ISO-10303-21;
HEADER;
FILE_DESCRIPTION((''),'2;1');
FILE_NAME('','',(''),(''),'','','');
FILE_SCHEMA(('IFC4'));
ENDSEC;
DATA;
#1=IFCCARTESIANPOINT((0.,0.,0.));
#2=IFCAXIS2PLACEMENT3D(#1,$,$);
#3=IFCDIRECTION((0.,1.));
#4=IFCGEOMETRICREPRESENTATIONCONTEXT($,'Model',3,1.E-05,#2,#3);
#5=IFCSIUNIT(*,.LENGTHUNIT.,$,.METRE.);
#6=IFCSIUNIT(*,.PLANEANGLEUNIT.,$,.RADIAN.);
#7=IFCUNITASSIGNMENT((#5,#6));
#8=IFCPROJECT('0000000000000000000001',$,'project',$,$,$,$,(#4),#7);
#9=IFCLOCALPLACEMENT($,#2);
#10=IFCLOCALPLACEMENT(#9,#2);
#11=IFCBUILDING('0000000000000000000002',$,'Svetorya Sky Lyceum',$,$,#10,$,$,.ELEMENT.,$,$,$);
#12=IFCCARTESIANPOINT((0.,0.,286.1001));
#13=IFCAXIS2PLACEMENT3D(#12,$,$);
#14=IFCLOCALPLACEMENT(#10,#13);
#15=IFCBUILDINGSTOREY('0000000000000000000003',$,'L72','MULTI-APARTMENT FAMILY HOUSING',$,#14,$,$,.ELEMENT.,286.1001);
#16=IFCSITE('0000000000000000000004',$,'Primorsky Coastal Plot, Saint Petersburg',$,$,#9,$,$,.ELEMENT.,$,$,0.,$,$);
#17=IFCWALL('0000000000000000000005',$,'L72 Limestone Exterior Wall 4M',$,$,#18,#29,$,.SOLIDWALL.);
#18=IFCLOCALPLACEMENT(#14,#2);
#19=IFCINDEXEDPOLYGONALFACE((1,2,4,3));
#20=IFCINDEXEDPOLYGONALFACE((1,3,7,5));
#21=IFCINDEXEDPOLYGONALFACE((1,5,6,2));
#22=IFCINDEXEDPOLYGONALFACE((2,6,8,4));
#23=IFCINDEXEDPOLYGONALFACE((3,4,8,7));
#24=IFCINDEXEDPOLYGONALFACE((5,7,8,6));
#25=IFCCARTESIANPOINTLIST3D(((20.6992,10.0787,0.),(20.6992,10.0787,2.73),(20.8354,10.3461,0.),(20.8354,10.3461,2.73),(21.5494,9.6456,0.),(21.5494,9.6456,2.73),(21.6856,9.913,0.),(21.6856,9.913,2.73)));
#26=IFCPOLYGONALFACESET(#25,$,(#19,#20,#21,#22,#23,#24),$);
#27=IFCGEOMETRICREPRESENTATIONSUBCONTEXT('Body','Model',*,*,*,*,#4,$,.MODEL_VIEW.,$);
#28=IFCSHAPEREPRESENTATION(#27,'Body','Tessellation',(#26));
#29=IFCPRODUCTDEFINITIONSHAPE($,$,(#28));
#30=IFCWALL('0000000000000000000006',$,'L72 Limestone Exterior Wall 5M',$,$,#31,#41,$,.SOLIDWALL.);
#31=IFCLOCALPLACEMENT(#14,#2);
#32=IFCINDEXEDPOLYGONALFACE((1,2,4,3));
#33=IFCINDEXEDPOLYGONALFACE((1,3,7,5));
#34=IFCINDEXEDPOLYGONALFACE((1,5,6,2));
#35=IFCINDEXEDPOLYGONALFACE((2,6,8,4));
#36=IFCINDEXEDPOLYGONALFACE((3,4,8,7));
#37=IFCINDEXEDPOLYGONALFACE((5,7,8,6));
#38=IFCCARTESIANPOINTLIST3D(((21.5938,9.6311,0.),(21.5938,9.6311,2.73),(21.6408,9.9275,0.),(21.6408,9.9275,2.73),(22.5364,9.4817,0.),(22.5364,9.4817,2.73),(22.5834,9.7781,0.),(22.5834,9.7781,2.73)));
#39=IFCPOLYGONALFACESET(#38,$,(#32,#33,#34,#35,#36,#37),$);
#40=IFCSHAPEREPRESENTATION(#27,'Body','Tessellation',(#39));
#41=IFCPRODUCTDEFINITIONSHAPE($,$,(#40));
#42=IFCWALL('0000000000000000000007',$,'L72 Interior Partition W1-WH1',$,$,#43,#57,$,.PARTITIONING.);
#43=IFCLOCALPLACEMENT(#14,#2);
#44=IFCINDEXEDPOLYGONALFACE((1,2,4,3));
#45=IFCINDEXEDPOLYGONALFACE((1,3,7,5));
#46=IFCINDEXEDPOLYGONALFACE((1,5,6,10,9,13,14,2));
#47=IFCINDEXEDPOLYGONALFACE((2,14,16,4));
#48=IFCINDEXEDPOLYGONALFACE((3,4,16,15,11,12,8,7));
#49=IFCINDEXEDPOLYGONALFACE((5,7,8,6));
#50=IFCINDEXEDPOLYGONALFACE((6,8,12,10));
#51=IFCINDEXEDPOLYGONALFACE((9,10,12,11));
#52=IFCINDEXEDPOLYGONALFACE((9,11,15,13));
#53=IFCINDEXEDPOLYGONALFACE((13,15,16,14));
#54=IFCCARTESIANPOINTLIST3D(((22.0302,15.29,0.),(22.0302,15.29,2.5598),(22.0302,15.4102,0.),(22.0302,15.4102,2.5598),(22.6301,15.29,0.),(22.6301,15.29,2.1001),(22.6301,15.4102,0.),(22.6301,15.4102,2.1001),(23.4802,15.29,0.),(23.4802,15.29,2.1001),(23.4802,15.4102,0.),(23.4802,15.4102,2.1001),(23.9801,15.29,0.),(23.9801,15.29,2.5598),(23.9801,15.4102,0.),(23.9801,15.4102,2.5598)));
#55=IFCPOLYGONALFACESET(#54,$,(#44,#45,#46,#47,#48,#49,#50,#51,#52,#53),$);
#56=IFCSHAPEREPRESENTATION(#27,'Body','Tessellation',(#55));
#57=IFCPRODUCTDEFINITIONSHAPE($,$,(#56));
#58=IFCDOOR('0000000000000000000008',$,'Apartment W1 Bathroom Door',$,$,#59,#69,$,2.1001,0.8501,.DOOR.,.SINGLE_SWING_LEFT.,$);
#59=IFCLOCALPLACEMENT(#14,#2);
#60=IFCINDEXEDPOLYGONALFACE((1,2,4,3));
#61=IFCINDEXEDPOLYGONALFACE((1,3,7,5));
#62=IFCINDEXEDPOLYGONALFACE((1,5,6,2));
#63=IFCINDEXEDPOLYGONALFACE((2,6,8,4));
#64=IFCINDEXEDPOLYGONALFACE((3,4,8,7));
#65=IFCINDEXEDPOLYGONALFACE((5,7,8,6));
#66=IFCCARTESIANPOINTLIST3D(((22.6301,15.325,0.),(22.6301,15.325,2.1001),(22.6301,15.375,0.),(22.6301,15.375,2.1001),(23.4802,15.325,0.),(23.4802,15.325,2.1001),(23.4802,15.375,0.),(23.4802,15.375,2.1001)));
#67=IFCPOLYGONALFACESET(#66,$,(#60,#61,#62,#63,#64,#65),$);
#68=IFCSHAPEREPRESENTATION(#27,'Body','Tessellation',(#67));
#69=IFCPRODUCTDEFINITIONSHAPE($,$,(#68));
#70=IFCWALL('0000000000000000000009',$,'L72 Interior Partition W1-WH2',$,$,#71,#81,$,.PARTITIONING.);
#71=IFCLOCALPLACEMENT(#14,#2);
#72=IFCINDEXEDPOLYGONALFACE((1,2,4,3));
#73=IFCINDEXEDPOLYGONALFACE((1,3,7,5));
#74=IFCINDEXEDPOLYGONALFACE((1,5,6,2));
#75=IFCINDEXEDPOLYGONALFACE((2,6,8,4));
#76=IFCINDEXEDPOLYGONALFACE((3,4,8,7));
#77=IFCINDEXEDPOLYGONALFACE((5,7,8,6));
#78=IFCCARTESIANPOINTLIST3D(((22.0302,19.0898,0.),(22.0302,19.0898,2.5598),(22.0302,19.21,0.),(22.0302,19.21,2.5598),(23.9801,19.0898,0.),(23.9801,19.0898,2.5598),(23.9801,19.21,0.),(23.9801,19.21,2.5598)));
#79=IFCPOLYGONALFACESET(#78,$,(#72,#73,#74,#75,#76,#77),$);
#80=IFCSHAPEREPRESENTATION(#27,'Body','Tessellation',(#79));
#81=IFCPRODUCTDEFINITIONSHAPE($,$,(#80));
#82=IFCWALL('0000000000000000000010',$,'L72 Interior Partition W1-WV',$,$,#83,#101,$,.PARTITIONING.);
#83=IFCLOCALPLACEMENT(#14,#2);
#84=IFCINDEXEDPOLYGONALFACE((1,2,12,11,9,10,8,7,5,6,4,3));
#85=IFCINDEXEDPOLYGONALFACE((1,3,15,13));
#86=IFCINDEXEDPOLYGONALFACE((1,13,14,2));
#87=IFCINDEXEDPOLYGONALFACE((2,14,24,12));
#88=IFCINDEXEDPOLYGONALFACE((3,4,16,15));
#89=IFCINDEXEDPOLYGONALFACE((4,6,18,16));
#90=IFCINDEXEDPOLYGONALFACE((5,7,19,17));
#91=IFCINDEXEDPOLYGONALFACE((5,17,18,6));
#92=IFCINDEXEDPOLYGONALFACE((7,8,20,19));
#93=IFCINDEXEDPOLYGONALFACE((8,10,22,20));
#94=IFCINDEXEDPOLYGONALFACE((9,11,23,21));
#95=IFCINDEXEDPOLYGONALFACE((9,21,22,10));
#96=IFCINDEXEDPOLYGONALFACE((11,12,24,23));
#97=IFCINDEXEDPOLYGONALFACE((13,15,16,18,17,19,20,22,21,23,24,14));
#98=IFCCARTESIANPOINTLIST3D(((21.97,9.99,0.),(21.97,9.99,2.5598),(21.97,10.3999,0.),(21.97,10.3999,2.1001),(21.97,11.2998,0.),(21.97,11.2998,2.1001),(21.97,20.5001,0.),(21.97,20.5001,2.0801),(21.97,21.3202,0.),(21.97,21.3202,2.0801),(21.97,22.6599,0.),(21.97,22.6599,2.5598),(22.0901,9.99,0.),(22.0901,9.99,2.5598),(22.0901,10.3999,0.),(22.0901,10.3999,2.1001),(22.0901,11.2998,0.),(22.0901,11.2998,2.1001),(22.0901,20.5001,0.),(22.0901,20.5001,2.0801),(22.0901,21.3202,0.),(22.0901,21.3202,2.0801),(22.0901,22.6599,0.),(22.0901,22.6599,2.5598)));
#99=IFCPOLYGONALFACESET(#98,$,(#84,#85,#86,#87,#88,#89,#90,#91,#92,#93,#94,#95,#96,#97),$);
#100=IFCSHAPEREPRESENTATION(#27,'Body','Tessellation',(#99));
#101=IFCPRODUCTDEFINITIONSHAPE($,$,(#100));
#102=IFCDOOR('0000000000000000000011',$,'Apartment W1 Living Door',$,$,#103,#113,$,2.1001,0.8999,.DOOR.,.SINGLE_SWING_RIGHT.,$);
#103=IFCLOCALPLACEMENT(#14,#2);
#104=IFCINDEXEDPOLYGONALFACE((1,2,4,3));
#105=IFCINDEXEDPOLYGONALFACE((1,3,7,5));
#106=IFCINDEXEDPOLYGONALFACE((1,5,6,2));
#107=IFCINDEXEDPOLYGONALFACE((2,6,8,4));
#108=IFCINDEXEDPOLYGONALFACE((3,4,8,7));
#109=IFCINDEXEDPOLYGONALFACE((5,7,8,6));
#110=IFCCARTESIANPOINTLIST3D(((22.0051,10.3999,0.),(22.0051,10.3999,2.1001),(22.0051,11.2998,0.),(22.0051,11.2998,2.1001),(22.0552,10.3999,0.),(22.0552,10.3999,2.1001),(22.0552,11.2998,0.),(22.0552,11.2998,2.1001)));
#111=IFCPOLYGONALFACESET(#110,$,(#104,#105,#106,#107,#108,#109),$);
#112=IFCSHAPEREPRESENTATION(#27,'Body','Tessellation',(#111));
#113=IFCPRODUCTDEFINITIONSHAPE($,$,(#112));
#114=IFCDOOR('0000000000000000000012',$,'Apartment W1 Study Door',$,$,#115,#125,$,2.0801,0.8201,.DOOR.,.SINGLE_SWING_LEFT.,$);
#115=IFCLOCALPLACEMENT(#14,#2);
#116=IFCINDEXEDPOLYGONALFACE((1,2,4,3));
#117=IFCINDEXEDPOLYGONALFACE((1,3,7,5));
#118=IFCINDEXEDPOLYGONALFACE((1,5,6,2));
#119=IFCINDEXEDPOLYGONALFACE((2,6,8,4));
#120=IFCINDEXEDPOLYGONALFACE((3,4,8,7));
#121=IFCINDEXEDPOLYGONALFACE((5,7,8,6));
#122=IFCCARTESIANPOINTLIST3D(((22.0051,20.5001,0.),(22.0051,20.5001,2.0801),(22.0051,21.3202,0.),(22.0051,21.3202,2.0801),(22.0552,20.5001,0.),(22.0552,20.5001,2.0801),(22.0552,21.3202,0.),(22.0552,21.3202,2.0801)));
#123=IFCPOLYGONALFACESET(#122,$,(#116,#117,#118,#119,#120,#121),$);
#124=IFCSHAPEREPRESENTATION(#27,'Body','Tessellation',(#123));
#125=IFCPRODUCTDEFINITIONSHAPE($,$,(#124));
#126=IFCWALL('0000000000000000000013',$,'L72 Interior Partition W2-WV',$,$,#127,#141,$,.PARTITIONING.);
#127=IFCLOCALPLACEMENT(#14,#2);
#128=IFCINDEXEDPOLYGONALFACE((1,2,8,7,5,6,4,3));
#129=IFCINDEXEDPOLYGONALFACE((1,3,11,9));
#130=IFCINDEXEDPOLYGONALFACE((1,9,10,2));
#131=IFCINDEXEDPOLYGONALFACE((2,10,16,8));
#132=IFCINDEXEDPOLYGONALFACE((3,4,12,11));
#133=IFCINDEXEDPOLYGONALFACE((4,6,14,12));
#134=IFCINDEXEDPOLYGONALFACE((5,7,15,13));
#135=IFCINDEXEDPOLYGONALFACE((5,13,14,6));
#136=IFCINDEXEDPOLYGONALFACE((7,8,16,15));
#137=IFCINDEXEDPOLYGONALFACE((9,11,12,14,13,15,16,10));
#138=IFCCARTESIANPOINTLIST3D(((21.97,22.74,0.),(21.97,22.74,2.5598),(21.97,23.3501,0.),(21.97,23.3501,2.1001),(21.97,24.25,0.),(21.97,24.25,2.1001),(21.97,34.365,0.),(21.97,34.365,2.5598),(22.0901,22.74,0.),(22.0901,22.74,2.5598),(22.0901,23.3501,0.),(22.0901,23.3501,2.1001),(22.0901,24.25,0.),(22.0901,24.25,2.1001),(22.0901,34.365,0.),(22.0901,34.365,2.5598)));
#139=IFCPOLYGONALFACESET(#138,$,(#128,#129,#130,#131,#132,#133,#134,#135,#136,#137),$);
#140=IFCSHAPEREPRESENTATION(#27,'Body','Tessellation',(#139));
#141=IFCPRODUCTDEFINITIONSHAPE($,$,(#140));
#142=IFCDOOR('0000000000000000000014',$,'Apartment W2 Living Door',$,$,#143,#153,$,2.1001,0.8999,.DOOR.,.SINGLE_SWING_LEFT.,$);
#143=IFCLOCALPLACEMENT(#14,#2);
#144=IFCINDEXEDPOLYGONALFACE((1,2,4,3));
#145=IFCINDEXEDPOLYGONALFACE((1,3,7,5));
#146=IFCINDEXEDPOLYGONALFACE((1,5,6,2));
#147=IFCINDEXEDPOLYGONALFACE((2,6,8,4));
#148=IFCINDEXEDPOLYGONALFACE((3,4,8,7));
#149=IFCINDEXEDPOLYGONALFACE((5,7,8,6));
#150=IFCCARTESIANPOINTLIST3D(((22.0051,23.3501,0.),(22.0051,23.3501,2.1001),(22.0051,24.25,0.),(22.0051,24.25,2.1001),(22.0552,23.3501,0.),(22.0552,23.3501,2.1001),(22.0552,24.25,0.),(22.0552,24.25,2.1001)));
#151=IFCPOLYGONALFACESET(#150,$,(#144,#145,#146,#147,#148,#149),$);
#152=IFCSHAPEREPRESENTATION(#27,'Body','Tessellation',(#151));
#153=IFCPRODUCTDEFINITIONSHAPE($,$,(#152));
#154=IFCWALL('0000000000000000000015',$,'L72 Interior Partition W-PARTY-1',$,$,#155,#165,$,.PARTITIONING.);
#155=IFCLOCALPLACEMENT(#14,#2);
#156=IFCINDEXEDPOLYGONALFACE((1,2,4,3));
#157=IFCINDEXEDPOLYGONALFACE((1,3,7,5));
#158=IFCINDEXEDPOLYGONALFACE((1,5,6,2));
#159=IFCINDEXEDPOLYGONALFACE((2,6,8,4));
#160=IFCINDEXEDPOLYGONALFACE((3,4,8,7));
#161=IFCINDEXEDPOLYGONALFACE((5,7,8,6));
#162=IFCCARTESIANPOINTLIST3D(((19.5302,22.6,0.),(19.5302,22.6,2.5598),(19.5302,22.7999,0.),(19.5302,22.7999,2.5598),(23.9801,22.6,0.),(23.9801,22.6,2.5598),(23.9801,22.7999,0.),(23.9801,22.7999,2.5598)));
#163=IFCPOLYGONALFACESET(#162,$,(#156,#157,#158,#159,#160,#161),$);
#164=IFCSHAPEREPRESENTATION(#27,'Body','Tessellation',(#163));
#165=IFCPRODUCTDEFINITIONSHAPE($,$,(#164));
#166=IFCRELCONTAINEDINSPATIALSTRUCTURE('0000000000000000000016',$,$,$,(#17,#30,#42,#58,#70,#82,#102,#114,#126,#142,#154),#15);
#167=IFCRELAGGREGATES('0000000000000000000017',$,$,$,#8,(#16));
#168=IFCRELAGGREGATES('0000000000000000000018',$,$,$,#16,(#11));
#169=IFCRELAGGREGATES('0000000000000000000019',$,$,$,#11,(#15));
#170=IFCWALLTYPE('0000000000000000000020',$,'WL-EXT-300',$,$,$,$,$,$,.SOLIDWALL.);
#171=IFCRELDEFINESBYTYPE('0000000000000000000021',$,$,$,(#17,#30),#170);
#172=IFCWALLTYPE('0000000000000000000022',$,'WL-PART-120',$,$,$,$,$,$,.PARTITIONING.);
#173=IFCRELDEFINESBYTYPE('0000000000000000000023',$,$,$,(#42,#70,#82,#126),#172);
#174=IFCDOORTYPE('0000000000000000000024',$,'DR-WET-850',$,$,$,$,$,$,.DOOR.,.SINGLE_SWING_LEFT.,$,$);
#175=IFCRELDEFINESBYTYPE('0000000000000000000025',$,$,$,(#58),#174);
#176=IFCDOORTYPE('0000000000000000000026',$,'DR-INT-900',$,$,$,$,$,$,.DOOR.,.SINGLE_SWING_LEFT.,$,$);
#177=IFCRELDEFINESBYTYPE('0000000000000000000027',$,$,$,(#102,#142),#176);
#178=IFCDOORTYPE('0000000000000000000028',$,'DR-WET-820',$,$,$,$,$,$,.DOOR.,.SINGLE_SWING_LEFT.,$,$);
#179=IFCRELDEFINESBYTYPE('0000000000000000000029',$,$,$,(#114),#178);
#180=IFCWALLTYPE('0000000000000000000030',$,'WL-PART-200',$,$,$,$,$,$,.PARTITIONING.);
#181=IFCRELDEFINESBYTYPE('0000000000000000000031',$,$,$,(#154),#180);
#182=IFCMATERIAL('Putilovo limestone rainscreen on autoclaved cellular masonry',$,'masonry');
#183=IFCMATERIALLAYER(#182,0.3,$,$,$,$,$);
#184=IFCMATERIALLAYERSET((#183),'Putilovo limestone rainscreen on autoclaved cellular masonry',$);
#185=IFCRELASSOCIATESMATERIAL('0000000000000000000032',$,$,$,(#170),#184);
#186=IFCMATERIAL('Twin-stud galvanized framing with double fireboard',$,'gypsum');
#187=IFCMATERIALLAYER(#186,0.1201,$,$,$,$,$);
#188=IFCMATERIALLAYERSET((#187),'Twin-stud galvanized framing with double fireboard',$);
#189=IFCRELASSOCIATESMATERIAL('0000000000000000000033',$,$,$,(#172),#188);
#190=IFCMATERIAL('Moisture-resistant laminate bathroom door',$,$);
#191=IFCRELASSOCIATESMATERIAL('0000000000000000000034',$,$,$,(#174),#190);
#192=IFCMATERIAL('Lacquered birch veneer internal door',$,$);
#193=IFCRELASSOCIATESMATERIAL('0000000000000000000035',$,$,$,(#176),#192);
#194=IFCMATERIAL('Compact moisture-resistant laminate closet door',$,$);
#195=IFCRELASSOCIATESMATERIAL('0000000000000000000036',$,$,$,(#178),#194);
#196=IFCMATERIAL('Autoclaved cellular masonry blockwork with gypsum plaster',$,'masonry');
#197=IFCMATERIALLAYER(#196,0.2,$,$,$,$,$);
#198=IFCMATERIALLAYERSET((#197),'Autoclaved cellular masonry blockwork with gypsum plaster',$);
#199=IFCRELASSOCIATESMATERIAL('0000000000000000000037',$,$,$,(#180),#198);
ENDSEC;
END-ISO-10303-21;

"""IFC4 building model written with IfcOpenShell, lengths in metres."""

from ifc_helpers import new_model, si_unit, direction, frame, frame_2d, origin, place, context, subcontext, project, spatial, rectangle, extrude, material, layer, layer_set, type_object, element, fill, save


model = new_model("IFC4")

# Units and contexts
model_context = context("Model", 3, precision=1e-05, world=origin(), true_north=direction((0.0, 1.0)))
body_context = subcontext(model_context, "Body", "Model", "MODEL_VIEW")
ifc_project = project(units=[si_unit("LENGTHUNIT", "METRE"), si_unit("PLANEANGLEUNIT", "RADIAN")], contexts=[model_context])

# Site, building, storey
site_placement = place(None, origin())
site = spatial("IfcSite", under=ifc_project, at=site_placement, Name="Primorsky Coastal Plot, Saint Petersburg", CompositionType="ELEMENT", RefElevation=0.0)
building_placement = place(site_placement, origin())
building = spatial("IfcBuilding", under=site, at=building_placement, Name="Svetorya Sky Lyceum", CompositionType="ELEMENT")
storey_placement = place(building_placement, frame((0.0, 0.0, 286.1001)))
storey = spatial("IfcBuildingStorey", under=building, at=storey_placement, Name="L72", Description="MULTI-APARTMENT FAMILY HOUSING", CompositionType="ELEMENT", Elevation=286.1001)

# Walls
ifc_material_1 = material(Name="Putilovo limestone rainscreen on autoclaved cellular masonry", Category="masonry")
ifc_layer_1 = layer(ifc_material_1, 0.3)
ifc_layer_set_1 = layer_set([ifc_layer_1], Name="Putilovo limestone rainscreen on autoclaved cellular masonry")
wall_type_1 = type_object("IfcWallType", Name="WL-EXT-300", PredefinedType="SOLIDWALL", material=ifc_layer_set_1)
wall_1_placement = place(storey_placement, frame((20.7673, 10.2124, 0.0), z_axis=(0.0, 0.0, 1.0), x_axis=(0.891024, -0.453956, 0.0)))
element("IfcWall", 1, at=wall_1_placement, inside=storey, type_object=wall_type_1, Name="L72 Limestone Exterior Wall 4M", PredefinedType="SOLIDWALL", context=body_context, shape_type="SweptSolid", body=[
    extrude(rectangle(XDim=0.9541, YDim=0.3, at=frame_2d((0.4771, 0.0))), origin(), (0.0, 0.0, 1.0), 2.73),
])
wall_2_placement = place(storey_placement, frame((21.6174, 9.7793, 0.0), z_axis=(0.0, 0.0, 1.0), x_axis=(0.987669, -0.156554, 0.0)))
element("IfcWall", 2, at=wall_2_placement, inside=storey, type_object=wall_type_1, Name="L72 Limestone Exterior Wall 5M", PredefinedType="SOLIDWALL", context=body_context, shape_type="SweptSolid", body=[
    extrude(rectangle(XDim=0.9543, YDim=0.3, at=frame_2d((0.4771, 0.0))), origin(), (0.0, 0.0, 1.0), 2.73),
])

# Wall, opening, door
ifc_material_2 = material(Name="Twin-stud galvanized framing with double fireboard", Category="gypsum")
ifc_layer_2 = layer(ifc_material_2, 0.1201)
ifc_layer_set_2 = layer_set([ifc_layer_2], Name="Twin-stud galvanized framing with double fireboard")
wall_type_2 = type_object("IfcWallType", Name="WL-PART-120", PredefinedType="PARTITIONING", material=ifc_layer_set_2)
wall_3_placement = place(storey_placement, frame((22.03, 15.3501, 0.0), z_axis=(0.0, 0.0, 1.0), x_axis=(1.0, 0.0, 0.0)))
wall_3 = element("IfcWall", 3, at=wall_3_placement, inside=storey, type_object=wall_type_2, Name="L72 Interior Partition W1-WH1", PredefinedType="PARTITIONING", context=body_context, shape_type="SweptSolid", body=[
    extrude(rectangle(XDim=1.95, YDim=0.1201, at=frame_2d((0.9751, 0.0))), origin(), (0.0, 0.0, 1.0), 2.5598),
])
opening_1_placement = place(wall_3_placement, frame((0.6001, 0.0, 0.0)))
opening_1 = element("IfcOpeningElement", 4, at=opening_1_placement, cuts=wall_3, PredefinedType="OPENING", context=body_context, shape_type="SweptSolid", body=[
    extrude(rectangle(XDim=0.8501, YDim=2.1001, at=frame_2d((0.425, 1.05))), frame((0.0, 0.0701, 0.0), z_axis=(0.0, -1.0, 0.0), x_axis=(1.0, 0.0, 0.0)), (0.0, 0.0, 1.0), 0.1401),
])
ifc_material_3 = material(Name="Moisture-resistant laminate bathroom door")
door_type_1 = type_object("IfcDoorType", Name="DR-WET-850", OperationType="SINGLE_SWING_LEFT", PredefinedType="DOOR", material=ifc_material_3)
door_1_placement = place(opening_1_placement, origin())
door_1 = element("IfcDoor", 5, at=door_1_placement, inside=storey, type_object=door_type_1, Name="Apartment W1 Bathroom Door", OperationType="SINGLE_SWING_LEFT", OverallHeight=2.1001, OverallWidth=0.8501, PredefinedType="DOOR", context=body_context, shape_type="SweptSolid", body=[
    extrude(rectangle(XDim=0.8501, YDim=2.1001, at=frame_2d((0.425, 1.05))), frame((0.0, 0.0249, 0.0), z_axis=(0.0, -1.0, 0.0), x_axis=(1.0, 0.0, 0.0)), (0.0, 0.0, 1.0), 0.05),
])
fill(opening_1, door_1)

# Wall
wall_4_placement = place(storey_placement, frame((22.03, 19.1499, 0.0), z_axis=(0.0, 0.0, 1.0), x_axis=(1.0, 0.0, 0.0)))
element("IfcWall", 6, at=wall_4_placement, inside=storey, type_object=wall_type_2, Name="L72 Interior Partition W1-WH2", PredefinedType="PARTITIONING", context=body_context, shape_type="SweptSolid", body=[
    extrude(rectangle(XDim=1.95, YDim=0.1201, at=frame_2d((0.9751, 0.0))), origin(), (0.0, 0.0, 1.0), 2.5598),
])

# Wall, openings, doors
wall_5_placement = place(storey_placement, frame((22.03, 9.99, 0.0), z_axis=(0.0, 0.0, 1.0), x_axis=(0.0, 1.0, 0.0)))
wall_5 = element("IfcWall", 7, at=wall_5_placement, inside=storey, type_object=wall_type_2, Name="L72 Interior Partition W1-WV", PredefinedType="PARTITIONING", context=body_context, shape_type="SweptSolid", body=[
    extrude(rectangle(XDim=12.6699, YDim=0.1201, at=frame_2d((6.335, 0.0))), origin(), (0.0, 0.0, 1.0), 2.5598),
])
opening_2_placement = place(wall_5_placement, frame((0.4099, 0.0, 0.0)))
opening_2 = element("IfcOpeningElement", 8, at=opening_2_placement, cuts=wall_5, PredefinedType="OPENING", context=body_context, shape_type="SweptSolid", body=[
    extrude(rectangle(XDim=0.8999, YDim=2.1001, at=frame_2d((0.45, 1.05))), frame((0.0, 0.0701, 0.0), z_axis=(0.0, -1.0, 0.0), x_axis=(1.0, 0.0, 0.0)), (0.0, 0.0, 1.0), 0.1401),
])
opening_3_placement = place(wall_5_placement, frame((10.51, 0.0, 0.0)))
opening_3 = element("IfcOpeningElement", 9, at=opening_3_placement, cuts=wall_5, PredefinedType="OPENING", context=body_context, shape_type="SweptSolid", body=[
    extrude(rectangle(XDim=0.8201, YDim=2.0801, at=frame_2d((0.4102, 1.04))), frame((0.0, 0.0701, 0.0), z_axis=(0.0, -1.0, 0.0), x_axis=(1.0, 0.0, 0.0)), (0.0, 0.0, 1.0), 0.1401),
])
ifc_material_4 = material(Name="Lacquered birch veneer internal door")
door_type_2 = type_object("IfcDoorType", Name="DR-INT-900", OperationType="SINGLE_SWING_LEFT", PredefinedType="DOOR", material=ifc_material_4)
door_2_placement = place(opening_2_placement, origin())
door_2 = element("IfcDoor", 10, at=door_2_placement, inside=storey, type_object=door_type_2, Name="Apartment W1 Living Door", OperationType="SINGLE_SWING_RIGHT", OverallHeight=2.1001, OverallWidth=0.8999, PredefinedType="DOOR", context=body_context, shape_type="SweptSolid", body=[
    extrude(rectangle(XDim=0.8999, YDim=2.1001, at=frame_2d((0.45, 1.05))), frame((0.0, 0.0249, 0.0), z_axis=(0.0, -1.0, 0.0), x_axis=(1.0, 0.0, 0.0)), (0.0, 0.0, 1.0), 0.05),
])
fill(opening_2, door_2)
ifc_material_5 = material(Name="Compact moisture-resistant laminate closet door")
door_type_3 = type_object("IfcDoorType", Name="DR-WET-820", OperationType="SINGLE_SWING_LEFT", PredefinedType="DOOR", material=ifc_material_5)
door_3_placement = place(opening_3_placement, origin())
door_3 = element("IfcDoor", 11, at=door_3_placement, inside=storey, type_object=door_type_3, Name="Apartment W1 Study Door", OperationType="SINGLE_SWING_LEFT", OverallHeight=2.0801, OverallWidth=0.8201, PredefinedType="DOOR", context=body_context, shape_type="SweptSolid", body=[
    extrude(rectangle(XDim=0.8201, YDim=2.0801, at=frame_2d((0.4102, 1.04))), frame((0.0, 0.0249, 0.0), z_axis=(0.0, -1.0, 0.0), x_axis=(1.0, 0.0, 0.0)), (0.0, 0.0, 1.0), 0.05),
])
fill(opening_3, door_3)

# Wall, opening, door
wall_6_placement = place(storey_placement, frame((22.03, 22.74, 0.0), z_axis=(0.0, 0.0, 1.0), x_axis=(0.0, 1.0, 0.0)))
wall_6 = element("IfcWall", 12, at=wall_6_placement, inside=storey, type_object=wall_type_2, Name="L72 Interior Partition W2-WV", PredefinedType="PARTITIONING", context=body_context, shape_type="SweptSolid", body=[
    extrude(rectangle(XDim=11.625, YDim=0.1201, at=frame_2d((5.8125, 0.0))), origin(), (0.0, 0.0, 1.0), 2.5598),
])
opening_4_placement = place(wall_6_placement, frame((0.6101, 0.0, 0.0)))
opening_4 = element("IfcOpeningElement", 13, at=opening_4_placement, cuts=wall_6, PredefinedType="OPENING", context=body_context, shape_type="SweptSolid", body=[
    extrude(rectangle(XDim=0.8999, YDim=2.1001, at=frame_2d((0.45, 1.05))), frame((0.0, 0.0701, 0.0), z_axis=(0.0, -1.0, 0.0), x_axis=(1.0, 0.0, 0.0)), (0.0, 0.0, 1.0), 0.1401),
])
door_4_placement = place(opening_4_placement, origin())
door_4 = element("IfcDoor", 14, at=door_4_placement, inside=storey, type_object=door_type_2, Name="Apartment W2 Living Door", OperationType="SINGLE_SWING_LEFT", OverallHeight=2.1001, OverallWidth=0.8999, PredefinedType="DOOR", context=body_context, shape_type="SweptSolid", body=[
    extrude(rectangle(XDim=0.8999, YDim=2.1001, at=frame_2d((0.45, 1.05))), frame((0.0, 0.0249, 0.0), z_axis=(0.0, -1.0, 0.0), x_axis=(1.0, 0.0, 0.0)), (0.0, 0.0, 1.0), 0.05),
])
fill(opening_4, door_4)

# Wall
ifc_material_6 = material(Name="Autoclaved cellular masonry blockwork with gypsum plaster", Category="masonry")
ifc_layer_3 = layer(ifc_material_6, 0.2)
ifc_layer_set_3 = layer_set([ifc_layer_3], Name="Autoclaved cellular masonry blockwork with gypsum plaster")
wall_type_3 = type_object("IfcWallType", Name="WL-PART-200", PredefinedType="PARTITIONING", material=ifc_layer_set_3)
wall_7_placement = place(storey_placement, frame((19.53, 22.7, 0.0), z_axis=(0.0, 0.0, 1.0), x_axis=(1.0, 0.0, 0.0)))
element("IfcWall", 15, at=wall_7_placement, inside=storey, type_object=wall_type_3, Name="L72 Interior Partition W-PARTY-1", PredefinedType="PARTITIONING", context=body_context, shape_type="SweptSolid", body=[
    extrude(rectangle(XDim=4.45, YDim=0.2, at=frame_2d((2.2251, 0.0))), origin(), (0.0, 0.0, 1.0), 2.5598),
])

save(model, "model.ifc")
